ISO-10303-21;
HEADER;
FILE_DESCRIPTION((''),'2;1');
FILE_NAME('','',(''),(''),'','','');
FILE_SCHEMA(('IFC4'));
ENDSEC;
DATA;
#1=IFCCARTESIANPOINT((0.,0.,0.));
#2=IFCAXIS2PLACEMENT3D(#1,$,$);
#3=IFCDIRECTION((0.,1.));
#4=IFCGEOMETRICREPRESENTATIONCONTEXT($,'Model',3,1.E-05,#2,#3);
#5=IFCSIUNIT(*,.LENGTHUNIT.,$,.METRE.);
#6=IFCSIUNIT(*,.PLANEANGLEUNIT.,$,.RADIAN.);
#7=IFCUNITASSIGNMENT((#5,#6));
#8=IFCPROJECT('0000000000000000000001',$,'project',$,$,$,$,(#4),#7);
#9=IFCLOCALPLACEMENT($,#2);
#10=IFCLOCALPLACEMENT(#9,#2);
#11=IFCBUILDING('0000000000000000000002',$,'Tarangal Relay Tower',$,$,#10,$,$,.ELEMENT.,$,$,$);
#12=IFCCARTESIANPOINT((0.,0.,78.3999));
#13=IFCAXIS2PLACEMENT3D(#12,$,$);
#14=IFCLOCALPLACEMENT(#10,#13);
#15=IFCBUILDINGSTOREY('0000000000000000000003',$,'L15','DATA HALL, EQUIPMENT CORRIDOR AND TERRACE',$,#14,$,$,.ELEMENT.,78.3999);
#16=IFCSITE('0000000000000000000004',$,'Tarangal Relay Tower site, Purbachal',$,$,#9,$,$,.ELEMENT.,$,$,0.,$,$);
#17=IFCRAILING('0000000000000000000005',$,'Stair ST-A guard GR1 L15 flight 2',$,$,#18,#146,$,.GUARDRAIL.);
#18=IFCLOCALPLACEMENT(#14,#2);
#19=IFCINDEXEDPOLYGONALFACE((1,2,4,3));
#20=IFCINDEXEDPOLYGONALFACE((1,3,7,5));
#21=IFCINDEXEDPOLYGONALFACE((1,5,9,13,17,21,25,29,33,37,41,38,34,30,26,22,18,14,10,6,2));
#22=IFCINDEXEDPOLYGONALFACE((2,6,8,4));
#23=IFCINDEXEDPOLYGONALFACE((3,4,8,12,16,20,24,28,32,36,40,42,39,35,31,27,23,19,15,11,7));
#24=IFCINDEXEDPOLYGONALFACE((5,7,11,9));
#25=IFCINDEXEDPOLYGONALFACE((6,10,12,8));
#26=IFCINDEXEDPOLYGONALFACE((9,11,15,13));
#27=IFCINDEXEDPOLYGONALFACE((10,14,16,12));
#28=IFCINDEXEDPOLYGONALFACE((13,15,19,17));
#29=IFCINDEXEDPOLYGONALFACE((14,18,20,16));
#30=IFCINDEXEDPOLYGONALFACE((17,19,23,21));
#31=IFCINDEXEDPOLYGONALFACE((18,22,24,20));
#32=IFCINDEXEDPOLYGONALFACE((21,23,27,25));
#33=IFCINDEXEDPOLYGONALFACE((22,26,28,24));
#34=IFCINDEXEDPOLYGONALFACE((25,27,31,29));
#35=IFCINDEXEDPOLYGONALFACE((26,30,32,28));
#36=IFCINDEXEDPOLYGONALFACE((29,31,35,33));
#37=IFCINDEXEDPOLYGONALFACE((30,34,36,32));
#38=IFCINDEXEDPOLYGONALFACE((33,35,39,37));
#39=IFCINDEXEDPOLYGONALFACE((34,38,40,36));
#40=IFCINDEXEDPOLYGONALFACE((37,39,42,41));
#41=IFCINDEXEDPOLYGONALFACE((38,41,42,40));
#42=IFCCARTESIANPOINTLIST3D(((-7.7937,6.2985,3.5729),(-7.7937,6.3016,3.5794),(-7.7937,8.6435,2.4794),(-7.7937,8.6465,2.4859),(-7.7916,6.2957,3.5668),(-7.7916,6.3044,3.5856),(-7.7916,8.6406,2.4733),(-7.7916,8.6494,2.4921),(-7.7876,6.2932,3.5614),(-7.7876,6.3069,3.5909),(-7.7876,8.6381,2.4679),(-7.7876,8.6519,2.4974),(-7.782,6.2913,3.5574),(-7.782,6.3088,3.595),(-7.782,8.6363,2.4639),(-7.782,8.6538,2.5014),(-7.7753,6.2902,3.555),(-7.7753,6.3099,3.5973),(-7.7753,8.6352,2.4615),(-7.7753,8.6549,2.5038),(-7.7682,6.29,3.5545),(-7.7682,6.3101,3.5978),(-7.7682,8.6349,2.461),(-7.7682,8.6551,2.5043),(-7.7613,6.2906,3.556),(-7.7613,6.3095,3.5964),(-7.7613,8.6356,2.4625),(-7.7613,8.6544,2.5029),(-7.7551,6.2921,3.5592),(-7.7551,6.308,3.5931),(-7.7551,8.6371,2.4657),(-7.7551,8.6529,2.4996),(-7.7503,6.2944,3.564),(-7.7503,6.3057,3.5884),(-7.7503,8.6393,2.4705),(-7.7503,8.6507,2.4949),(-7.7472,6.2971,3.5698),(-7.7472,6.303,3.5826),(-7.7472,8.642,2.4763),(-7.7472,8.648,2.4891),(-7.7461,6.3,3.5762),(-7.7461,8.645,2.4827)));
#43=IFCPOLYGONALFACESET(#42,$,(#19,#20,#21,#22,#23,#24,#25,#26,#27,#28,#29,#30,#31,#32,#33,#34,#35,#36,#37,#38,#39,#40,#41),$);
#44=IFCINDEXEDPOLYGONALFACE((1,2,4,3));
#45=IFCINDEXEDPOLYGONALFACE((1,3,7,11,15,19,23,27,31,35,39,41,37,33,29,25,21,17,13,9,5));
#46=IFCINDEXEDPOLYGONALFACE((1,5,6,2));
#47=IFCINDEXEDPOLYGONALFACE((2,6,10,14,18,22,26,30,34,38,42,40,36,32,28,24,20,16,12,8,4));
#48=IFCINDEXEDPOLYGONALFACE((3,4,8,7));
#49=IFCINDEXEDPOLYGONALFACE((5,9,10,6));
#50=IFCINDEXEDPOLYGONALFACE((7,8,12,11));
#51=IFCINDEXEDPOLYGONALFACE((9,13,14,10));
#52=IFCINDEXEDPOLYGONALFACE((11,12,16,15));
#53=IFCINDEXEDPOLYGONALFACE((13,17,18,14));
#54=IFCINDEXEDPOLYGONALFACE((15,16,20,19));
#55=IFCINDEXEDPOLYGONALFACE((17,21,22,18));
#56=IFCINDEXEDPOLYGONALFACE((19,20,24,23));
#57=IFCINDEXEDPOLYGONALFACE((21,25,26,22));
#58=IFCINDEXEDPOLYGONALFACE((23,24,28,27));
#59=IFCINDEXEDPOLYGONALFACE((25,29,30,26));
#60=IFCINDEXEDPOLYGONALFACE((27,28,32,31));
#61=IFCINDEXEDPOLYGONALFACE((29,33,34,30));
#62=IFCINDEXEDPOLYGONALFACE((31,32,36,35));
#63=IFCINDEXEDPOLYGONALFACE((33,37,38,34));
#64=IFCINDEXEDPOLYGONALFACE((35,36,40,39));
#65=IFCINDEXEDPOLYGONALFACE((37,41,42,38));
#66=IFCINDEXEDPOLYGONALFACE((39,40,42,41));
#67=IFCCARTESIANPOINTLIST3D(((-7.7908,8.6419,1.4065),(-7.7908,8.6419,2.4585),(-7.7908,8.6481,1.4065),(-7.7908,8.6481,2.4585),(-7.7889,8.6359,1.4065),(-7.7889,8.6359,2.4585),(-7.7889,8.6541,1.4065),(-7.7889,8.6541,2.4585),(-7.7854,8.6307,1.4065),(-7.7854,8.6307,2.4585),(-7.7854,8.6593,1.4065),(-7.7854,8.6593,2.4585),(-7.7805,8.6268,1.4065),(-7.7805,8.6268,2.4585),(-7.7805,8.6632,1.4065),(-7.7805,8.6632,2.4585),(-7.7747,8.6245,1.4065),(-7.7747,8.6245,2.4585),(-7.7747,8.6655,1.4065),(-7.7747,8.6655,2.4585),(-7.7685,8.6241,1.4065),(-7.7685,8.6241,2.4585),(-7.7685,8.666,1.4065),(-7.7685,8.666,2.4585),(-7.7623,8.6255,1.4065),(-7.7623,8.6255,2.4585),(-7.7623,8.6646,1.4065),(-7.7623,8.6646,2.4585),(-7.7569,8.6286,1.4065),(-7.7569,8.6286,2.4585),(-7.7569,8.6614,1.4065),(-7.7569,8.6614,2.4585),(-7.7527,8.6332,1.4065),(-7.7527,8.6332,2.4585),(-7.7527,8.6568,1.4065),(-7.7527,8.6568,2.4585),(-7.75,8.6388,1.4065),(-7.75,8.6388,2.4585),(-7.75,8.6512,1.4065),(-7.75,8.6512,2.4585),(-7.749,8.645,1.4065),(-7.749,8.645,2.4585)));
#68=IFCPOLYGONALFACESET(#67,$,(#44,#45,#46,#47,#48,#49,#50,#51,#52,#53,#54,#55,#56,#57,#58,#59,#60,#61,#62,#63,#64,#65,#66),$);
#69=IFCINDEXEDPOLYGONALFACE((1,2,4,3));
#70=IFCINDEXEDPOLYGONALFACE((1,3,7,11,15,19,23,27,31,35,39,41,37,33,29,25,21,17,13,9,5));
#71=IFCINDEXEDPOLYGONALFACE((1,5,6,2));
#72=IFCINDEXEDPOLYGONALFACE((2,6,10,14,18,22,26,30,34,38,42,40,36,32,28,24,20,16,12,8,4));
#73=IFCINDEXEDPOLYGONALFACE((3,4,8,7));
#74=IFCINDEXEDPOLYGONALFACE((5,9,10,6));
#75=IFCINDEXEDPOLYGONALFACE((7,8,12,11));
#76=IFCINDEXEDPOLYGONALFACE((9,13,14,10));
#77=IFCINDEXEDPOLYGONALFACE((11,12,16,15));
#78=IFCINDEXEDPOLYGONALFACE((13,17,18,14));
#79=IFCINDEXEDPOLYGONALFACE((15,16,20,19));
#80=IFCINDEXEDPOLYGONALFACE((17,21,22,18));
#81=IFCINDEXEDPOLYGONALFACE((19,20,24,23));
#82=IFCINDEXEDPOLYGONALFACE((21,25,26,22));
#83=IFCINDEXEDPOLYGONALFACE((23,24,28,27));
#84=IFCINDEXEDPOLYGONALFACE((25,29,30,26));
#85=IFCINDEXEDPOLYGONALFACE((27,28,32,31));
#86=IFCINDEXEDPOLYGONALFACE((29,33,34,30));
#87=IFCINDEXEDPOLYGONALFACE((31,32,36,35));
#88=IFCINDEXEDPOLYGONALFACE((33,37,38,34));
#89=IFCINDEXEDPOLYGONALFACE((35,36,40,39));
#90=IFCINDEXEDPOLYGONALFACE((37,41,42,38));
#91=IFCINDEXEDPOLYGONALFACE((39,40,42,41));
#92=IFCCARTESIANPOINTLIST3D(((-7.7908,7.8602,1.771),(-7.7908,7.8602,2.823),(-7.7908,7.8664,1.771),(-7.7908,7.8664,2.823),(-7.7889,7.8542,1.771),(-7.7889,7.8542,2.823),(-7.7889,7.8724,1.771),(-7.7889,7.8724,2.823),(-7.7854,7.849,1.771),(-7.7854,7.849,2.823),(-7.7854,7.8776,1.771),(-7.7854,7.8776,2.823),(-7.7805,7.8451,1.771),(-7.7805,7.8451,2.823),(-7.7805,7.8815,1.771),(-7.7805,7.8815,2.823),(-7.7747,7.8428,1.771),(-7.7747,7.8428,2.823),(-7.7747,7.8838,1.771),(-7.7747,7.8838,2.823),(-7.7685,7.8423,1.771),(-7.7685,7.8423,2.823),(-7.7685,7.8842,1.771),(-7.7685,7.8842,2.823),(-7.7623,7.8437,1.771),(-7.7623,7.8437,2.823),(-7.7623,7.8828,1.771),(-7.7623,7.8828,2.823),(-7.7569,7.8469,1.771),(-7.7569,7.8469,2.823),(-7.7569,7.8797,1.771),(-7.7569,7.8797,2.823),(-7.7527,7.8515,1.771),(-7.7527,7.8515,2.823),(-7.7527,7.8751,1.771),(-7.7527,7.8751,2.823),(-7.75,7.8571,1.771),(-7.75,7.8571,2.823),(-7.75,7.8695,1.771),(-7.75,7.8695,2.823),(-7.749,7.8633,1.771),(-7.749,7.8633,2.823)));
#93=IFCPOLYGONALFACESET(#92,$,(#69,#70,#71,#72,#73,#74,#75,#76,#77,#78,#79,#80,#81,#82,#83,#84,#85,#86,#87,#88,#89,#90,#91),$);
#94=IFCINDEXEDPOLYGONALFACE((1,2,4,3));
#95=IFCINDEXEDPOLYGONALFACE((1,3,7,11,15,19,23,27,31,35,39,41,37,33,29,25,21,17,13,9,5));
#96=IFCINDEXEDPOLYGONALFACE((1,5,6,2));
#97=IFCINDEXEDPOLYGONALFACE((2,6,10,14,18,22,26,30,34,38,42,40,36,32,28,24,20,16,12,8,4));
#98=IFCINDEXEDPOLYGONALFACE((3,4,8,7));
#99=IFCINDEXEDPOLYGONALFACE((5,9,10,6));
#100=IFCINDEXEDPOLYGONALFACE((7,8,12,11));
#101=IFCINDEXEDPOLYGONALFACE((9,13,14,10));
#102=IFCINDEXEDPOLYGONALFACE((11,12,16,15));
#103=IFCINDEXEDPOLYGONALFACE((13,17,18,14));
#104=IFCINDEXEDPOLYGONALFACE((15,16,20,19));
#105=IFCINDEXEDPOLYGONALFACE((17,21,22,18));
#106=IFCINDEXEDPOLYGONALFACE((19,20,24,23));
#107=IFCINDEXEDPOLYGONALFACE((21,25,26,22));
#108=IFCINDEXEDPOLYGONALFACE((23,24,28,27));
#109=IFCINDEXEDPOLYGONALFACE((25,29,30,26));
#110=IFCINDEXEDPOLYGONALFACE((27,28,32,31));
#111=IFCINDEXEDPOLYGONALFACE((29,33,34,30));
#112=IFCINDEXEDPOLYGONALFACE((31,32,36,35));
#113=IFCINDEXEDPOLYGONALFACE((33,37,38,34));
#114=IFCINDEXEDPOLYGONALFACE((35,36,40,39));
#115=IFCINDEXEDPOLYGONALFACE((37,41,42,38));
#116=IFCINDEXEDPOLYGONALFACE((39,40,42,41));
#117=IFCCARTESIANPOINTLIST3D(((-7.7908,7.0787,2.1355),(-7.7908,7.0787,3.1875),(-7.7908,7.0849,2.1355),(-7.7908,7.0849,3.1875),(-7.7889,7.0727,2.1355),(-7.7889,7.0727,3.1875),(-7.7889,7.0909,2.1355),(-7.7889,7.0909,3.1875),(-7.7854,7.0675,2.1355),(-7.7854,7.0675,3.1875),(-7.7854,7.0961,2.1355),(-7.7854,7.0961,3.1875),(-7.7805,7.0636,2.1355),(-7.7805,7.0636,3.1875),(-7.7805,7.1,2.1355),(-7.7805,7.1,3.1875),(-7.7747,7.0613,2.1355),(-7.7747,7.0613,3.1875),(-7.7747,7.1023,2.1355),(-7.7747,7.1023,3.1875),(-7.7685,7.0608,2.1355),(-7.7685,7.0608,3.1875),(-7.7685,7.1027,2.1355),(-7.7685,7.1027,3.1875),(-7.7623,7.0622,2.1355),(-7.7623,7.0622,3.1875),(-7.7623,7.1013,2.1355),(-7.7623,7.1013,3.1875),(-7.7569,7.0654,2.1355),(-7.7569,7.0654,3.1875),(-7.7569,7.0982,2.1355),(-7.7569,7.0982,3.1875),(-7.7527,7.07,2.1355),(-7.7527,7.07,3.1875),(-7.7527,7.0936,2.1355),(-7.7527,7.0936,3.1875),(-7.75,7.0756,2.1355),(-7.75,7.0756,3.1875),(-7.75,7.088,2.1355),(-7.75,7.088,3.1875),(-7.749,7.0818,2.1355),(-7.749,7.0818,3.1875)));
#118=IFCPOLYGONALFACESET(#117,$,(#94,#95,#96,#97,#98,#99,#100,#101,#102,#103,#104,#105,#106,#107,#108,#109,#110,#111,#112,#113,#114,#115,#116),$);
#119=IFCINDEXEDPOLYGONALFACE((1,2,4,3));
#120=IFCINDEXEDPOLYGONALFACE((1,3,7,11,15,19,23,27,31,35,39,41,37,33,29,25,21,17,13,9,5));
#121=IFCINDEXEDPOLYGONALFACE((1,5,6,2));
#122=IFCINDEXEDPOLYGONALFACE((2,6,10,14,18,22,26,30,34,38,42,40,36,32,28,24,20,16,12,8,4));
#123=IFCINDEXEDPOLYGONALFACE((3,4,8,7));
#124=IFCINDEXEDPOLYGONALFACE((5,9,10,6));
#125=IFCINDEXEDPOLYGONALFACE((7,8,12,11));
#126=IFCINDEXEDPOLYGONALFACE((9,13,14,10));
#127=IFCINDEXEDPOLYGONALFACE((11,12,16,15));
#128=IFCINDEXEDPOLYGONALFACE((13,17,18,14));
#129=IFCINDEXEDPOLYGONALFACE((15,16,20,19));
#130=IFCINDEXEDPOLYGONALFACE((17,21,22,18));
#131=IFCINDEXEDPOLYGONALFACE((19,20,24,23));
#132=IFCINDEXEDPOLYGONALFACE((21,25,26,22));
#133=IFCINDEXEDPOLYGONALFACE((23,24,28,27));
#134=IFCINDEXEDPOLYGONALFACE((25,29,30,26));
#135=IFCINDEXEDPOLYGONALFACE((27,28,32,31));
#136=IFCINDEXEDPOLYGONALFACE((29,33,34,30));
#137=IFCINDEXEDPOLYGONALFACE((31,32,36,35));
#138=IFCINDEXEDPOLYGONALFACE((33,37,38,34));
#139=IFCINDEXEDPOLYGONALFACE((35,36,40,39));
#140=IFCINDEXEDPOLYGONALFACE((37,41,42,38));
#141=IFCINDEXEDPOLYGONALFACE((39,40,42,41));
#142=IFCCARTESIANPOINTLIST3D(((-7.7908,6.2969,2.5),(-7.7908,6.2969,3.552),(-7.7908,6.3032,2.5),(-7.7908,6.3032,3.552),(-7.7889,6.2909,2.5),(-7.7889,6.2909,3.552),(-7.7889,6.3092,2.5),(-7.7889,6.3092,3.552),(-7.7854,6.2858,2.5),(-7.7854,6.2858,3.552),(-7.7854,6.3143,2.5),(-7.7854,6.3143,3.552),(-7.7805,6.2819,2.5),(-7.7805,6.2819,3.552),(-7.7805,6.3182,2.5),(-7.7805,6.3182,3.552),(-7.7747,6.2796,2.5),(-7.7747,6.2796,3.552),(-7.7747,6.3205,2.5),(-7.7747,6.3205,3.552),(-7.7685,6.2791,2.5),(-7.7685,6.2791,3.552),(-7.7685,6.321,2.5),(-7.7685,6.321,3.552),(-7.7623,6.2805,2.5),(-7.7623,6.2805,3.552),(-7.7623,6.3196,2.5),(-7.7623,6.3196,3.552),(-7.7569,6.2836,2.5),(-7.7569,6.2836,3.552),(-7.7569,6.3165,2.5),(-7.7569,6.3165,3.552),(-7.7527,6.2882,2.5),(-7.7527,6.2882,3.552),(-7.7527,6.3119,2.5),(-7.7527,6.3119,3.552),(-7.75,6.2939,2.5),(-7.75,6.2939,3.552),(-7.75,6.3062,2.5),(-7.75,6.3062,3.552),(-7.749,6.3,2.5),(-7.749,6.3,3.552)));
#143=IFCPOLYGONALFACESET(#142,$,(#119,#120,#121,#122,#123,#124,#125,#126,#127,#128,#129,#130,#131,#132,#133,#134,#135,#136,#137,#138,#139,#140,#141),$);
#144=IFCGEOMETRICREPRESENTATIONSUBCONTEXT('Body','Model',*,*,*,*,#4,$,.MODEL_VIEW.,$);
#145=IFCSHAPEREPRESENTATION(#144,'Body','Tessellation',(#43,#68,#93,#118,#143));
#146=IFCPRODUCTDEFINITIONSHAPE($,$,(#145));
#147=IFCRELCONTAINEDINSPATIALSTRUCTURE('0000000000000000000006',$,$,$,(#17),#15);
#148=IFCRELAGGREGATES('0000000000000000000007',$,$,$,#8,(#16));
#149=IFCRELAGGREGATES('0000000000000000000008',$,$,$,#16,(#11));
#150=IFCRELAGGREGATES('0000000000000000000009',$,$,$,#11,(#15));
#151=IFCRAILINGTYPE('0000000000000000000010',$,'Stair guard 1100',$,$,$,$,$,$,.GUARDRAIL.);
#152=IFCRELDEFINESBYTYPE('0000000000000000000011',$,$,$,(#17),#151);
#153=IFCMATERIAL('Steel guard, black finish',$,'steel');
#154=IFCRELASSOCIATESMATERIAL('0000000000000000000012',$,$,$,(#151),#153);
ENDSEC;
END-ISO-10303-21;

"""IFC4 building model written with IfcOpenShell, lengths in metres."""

from ifc_helpers import new_model, si_unit, direction, frame, origin, origin_2d, place, context, subcontext, project, spatial, circle, extrude, material, type_object, element, save


model = new_model("IFC4")

# Units and contexts
model_context = context("Model", 3, precision=1e-05, world=origin(), true_north=direction((0.0, 1.0)))
body_context = subcontext(model_context, "Body", "Model", "MODEL_VIEW")
ifc_project = project(units=[si_unit("LENGTHUNIT", "METRE"), si_unit("PLANEANGLEUNIT", "RADIAN")], contexts=[model_context])

# Site, building, storey
site_placement = place(None, origin())
site = spatial("IfcSite", under=ifc_project, at=site_placement, Name="Tarangal Relay Tower site, Purbachal", CompositionType="ELEMENT", RefElevation=0.0)
building_placement = place(site_placement, origin())
building = spatial("IfcBuilding", under=site, at=building_placement, Name="Tarangal Relay Tower", CompositionType="ELEMENT")
storey_placement = place(building_placement, frame((0.0, 0.0, 78.3999)))
storey = spatial("IfcBuildingStorey", under=building, at=storey_placement, Name="L15", Description="DATA HALL, EQUIPMENT CORRIDOR AND TERRACE", CompositionType="ELEMENT", Elevation=78.3999)

# Railing
ifc_material_1 = material(Name="Steel guard, black finish", Category="steel")
railing_type_1 = type_object("IfcRailingType", Name="Stair guard 1100", PredefinedType="GUARDRAIL", material=ifc_material_1)
for number, where, name in (
    (1, (-7.77, 8.645, 1.4065), "Stair ST-A guard GR1 L15 flight 2"),
):
    element("IfcRailing", number, at=place(storey_placement, frame(where)), inside=storey, type_object=railing_type_1, Name=name, PredefinedType="GUARDRAIL", context=body_context, shape_type="SweptSolid", body=[
        extrude(circle(Radius=0.0239, at=origin_2d()), frame((0.0, 0.0, 1.0762), z_axis=(0.0, -0.906304, 0.422627), x_axis=(1.0, 0.0, 0.0)), (0.0, 0.0, 1.0), 2.5874),
        extrude(circle(Radius=0.021, at=origin_2d()), origin(), (0.0, 0.0, 1.0), 1.052),
        extrude(circle(Radius=0.021, at=origin_2d()), frame((0.0, -0.7817, 0.3645)), (0.0, 0.0, 1.0), 1.052),
        extrude(circle(Radius=0.021, at=origin_2d()), frame((0.0, -1.5632, 0.729)), (0.0, 0.0, 1.0), 1.052),
        extrude(circle(Radius=0.021, at=origin_2d()), frame((0.0, -2.345, 1.0935)), (0.0, 0.0, 1.0), 1.052),
    ])

save(model, "model.ifc")
